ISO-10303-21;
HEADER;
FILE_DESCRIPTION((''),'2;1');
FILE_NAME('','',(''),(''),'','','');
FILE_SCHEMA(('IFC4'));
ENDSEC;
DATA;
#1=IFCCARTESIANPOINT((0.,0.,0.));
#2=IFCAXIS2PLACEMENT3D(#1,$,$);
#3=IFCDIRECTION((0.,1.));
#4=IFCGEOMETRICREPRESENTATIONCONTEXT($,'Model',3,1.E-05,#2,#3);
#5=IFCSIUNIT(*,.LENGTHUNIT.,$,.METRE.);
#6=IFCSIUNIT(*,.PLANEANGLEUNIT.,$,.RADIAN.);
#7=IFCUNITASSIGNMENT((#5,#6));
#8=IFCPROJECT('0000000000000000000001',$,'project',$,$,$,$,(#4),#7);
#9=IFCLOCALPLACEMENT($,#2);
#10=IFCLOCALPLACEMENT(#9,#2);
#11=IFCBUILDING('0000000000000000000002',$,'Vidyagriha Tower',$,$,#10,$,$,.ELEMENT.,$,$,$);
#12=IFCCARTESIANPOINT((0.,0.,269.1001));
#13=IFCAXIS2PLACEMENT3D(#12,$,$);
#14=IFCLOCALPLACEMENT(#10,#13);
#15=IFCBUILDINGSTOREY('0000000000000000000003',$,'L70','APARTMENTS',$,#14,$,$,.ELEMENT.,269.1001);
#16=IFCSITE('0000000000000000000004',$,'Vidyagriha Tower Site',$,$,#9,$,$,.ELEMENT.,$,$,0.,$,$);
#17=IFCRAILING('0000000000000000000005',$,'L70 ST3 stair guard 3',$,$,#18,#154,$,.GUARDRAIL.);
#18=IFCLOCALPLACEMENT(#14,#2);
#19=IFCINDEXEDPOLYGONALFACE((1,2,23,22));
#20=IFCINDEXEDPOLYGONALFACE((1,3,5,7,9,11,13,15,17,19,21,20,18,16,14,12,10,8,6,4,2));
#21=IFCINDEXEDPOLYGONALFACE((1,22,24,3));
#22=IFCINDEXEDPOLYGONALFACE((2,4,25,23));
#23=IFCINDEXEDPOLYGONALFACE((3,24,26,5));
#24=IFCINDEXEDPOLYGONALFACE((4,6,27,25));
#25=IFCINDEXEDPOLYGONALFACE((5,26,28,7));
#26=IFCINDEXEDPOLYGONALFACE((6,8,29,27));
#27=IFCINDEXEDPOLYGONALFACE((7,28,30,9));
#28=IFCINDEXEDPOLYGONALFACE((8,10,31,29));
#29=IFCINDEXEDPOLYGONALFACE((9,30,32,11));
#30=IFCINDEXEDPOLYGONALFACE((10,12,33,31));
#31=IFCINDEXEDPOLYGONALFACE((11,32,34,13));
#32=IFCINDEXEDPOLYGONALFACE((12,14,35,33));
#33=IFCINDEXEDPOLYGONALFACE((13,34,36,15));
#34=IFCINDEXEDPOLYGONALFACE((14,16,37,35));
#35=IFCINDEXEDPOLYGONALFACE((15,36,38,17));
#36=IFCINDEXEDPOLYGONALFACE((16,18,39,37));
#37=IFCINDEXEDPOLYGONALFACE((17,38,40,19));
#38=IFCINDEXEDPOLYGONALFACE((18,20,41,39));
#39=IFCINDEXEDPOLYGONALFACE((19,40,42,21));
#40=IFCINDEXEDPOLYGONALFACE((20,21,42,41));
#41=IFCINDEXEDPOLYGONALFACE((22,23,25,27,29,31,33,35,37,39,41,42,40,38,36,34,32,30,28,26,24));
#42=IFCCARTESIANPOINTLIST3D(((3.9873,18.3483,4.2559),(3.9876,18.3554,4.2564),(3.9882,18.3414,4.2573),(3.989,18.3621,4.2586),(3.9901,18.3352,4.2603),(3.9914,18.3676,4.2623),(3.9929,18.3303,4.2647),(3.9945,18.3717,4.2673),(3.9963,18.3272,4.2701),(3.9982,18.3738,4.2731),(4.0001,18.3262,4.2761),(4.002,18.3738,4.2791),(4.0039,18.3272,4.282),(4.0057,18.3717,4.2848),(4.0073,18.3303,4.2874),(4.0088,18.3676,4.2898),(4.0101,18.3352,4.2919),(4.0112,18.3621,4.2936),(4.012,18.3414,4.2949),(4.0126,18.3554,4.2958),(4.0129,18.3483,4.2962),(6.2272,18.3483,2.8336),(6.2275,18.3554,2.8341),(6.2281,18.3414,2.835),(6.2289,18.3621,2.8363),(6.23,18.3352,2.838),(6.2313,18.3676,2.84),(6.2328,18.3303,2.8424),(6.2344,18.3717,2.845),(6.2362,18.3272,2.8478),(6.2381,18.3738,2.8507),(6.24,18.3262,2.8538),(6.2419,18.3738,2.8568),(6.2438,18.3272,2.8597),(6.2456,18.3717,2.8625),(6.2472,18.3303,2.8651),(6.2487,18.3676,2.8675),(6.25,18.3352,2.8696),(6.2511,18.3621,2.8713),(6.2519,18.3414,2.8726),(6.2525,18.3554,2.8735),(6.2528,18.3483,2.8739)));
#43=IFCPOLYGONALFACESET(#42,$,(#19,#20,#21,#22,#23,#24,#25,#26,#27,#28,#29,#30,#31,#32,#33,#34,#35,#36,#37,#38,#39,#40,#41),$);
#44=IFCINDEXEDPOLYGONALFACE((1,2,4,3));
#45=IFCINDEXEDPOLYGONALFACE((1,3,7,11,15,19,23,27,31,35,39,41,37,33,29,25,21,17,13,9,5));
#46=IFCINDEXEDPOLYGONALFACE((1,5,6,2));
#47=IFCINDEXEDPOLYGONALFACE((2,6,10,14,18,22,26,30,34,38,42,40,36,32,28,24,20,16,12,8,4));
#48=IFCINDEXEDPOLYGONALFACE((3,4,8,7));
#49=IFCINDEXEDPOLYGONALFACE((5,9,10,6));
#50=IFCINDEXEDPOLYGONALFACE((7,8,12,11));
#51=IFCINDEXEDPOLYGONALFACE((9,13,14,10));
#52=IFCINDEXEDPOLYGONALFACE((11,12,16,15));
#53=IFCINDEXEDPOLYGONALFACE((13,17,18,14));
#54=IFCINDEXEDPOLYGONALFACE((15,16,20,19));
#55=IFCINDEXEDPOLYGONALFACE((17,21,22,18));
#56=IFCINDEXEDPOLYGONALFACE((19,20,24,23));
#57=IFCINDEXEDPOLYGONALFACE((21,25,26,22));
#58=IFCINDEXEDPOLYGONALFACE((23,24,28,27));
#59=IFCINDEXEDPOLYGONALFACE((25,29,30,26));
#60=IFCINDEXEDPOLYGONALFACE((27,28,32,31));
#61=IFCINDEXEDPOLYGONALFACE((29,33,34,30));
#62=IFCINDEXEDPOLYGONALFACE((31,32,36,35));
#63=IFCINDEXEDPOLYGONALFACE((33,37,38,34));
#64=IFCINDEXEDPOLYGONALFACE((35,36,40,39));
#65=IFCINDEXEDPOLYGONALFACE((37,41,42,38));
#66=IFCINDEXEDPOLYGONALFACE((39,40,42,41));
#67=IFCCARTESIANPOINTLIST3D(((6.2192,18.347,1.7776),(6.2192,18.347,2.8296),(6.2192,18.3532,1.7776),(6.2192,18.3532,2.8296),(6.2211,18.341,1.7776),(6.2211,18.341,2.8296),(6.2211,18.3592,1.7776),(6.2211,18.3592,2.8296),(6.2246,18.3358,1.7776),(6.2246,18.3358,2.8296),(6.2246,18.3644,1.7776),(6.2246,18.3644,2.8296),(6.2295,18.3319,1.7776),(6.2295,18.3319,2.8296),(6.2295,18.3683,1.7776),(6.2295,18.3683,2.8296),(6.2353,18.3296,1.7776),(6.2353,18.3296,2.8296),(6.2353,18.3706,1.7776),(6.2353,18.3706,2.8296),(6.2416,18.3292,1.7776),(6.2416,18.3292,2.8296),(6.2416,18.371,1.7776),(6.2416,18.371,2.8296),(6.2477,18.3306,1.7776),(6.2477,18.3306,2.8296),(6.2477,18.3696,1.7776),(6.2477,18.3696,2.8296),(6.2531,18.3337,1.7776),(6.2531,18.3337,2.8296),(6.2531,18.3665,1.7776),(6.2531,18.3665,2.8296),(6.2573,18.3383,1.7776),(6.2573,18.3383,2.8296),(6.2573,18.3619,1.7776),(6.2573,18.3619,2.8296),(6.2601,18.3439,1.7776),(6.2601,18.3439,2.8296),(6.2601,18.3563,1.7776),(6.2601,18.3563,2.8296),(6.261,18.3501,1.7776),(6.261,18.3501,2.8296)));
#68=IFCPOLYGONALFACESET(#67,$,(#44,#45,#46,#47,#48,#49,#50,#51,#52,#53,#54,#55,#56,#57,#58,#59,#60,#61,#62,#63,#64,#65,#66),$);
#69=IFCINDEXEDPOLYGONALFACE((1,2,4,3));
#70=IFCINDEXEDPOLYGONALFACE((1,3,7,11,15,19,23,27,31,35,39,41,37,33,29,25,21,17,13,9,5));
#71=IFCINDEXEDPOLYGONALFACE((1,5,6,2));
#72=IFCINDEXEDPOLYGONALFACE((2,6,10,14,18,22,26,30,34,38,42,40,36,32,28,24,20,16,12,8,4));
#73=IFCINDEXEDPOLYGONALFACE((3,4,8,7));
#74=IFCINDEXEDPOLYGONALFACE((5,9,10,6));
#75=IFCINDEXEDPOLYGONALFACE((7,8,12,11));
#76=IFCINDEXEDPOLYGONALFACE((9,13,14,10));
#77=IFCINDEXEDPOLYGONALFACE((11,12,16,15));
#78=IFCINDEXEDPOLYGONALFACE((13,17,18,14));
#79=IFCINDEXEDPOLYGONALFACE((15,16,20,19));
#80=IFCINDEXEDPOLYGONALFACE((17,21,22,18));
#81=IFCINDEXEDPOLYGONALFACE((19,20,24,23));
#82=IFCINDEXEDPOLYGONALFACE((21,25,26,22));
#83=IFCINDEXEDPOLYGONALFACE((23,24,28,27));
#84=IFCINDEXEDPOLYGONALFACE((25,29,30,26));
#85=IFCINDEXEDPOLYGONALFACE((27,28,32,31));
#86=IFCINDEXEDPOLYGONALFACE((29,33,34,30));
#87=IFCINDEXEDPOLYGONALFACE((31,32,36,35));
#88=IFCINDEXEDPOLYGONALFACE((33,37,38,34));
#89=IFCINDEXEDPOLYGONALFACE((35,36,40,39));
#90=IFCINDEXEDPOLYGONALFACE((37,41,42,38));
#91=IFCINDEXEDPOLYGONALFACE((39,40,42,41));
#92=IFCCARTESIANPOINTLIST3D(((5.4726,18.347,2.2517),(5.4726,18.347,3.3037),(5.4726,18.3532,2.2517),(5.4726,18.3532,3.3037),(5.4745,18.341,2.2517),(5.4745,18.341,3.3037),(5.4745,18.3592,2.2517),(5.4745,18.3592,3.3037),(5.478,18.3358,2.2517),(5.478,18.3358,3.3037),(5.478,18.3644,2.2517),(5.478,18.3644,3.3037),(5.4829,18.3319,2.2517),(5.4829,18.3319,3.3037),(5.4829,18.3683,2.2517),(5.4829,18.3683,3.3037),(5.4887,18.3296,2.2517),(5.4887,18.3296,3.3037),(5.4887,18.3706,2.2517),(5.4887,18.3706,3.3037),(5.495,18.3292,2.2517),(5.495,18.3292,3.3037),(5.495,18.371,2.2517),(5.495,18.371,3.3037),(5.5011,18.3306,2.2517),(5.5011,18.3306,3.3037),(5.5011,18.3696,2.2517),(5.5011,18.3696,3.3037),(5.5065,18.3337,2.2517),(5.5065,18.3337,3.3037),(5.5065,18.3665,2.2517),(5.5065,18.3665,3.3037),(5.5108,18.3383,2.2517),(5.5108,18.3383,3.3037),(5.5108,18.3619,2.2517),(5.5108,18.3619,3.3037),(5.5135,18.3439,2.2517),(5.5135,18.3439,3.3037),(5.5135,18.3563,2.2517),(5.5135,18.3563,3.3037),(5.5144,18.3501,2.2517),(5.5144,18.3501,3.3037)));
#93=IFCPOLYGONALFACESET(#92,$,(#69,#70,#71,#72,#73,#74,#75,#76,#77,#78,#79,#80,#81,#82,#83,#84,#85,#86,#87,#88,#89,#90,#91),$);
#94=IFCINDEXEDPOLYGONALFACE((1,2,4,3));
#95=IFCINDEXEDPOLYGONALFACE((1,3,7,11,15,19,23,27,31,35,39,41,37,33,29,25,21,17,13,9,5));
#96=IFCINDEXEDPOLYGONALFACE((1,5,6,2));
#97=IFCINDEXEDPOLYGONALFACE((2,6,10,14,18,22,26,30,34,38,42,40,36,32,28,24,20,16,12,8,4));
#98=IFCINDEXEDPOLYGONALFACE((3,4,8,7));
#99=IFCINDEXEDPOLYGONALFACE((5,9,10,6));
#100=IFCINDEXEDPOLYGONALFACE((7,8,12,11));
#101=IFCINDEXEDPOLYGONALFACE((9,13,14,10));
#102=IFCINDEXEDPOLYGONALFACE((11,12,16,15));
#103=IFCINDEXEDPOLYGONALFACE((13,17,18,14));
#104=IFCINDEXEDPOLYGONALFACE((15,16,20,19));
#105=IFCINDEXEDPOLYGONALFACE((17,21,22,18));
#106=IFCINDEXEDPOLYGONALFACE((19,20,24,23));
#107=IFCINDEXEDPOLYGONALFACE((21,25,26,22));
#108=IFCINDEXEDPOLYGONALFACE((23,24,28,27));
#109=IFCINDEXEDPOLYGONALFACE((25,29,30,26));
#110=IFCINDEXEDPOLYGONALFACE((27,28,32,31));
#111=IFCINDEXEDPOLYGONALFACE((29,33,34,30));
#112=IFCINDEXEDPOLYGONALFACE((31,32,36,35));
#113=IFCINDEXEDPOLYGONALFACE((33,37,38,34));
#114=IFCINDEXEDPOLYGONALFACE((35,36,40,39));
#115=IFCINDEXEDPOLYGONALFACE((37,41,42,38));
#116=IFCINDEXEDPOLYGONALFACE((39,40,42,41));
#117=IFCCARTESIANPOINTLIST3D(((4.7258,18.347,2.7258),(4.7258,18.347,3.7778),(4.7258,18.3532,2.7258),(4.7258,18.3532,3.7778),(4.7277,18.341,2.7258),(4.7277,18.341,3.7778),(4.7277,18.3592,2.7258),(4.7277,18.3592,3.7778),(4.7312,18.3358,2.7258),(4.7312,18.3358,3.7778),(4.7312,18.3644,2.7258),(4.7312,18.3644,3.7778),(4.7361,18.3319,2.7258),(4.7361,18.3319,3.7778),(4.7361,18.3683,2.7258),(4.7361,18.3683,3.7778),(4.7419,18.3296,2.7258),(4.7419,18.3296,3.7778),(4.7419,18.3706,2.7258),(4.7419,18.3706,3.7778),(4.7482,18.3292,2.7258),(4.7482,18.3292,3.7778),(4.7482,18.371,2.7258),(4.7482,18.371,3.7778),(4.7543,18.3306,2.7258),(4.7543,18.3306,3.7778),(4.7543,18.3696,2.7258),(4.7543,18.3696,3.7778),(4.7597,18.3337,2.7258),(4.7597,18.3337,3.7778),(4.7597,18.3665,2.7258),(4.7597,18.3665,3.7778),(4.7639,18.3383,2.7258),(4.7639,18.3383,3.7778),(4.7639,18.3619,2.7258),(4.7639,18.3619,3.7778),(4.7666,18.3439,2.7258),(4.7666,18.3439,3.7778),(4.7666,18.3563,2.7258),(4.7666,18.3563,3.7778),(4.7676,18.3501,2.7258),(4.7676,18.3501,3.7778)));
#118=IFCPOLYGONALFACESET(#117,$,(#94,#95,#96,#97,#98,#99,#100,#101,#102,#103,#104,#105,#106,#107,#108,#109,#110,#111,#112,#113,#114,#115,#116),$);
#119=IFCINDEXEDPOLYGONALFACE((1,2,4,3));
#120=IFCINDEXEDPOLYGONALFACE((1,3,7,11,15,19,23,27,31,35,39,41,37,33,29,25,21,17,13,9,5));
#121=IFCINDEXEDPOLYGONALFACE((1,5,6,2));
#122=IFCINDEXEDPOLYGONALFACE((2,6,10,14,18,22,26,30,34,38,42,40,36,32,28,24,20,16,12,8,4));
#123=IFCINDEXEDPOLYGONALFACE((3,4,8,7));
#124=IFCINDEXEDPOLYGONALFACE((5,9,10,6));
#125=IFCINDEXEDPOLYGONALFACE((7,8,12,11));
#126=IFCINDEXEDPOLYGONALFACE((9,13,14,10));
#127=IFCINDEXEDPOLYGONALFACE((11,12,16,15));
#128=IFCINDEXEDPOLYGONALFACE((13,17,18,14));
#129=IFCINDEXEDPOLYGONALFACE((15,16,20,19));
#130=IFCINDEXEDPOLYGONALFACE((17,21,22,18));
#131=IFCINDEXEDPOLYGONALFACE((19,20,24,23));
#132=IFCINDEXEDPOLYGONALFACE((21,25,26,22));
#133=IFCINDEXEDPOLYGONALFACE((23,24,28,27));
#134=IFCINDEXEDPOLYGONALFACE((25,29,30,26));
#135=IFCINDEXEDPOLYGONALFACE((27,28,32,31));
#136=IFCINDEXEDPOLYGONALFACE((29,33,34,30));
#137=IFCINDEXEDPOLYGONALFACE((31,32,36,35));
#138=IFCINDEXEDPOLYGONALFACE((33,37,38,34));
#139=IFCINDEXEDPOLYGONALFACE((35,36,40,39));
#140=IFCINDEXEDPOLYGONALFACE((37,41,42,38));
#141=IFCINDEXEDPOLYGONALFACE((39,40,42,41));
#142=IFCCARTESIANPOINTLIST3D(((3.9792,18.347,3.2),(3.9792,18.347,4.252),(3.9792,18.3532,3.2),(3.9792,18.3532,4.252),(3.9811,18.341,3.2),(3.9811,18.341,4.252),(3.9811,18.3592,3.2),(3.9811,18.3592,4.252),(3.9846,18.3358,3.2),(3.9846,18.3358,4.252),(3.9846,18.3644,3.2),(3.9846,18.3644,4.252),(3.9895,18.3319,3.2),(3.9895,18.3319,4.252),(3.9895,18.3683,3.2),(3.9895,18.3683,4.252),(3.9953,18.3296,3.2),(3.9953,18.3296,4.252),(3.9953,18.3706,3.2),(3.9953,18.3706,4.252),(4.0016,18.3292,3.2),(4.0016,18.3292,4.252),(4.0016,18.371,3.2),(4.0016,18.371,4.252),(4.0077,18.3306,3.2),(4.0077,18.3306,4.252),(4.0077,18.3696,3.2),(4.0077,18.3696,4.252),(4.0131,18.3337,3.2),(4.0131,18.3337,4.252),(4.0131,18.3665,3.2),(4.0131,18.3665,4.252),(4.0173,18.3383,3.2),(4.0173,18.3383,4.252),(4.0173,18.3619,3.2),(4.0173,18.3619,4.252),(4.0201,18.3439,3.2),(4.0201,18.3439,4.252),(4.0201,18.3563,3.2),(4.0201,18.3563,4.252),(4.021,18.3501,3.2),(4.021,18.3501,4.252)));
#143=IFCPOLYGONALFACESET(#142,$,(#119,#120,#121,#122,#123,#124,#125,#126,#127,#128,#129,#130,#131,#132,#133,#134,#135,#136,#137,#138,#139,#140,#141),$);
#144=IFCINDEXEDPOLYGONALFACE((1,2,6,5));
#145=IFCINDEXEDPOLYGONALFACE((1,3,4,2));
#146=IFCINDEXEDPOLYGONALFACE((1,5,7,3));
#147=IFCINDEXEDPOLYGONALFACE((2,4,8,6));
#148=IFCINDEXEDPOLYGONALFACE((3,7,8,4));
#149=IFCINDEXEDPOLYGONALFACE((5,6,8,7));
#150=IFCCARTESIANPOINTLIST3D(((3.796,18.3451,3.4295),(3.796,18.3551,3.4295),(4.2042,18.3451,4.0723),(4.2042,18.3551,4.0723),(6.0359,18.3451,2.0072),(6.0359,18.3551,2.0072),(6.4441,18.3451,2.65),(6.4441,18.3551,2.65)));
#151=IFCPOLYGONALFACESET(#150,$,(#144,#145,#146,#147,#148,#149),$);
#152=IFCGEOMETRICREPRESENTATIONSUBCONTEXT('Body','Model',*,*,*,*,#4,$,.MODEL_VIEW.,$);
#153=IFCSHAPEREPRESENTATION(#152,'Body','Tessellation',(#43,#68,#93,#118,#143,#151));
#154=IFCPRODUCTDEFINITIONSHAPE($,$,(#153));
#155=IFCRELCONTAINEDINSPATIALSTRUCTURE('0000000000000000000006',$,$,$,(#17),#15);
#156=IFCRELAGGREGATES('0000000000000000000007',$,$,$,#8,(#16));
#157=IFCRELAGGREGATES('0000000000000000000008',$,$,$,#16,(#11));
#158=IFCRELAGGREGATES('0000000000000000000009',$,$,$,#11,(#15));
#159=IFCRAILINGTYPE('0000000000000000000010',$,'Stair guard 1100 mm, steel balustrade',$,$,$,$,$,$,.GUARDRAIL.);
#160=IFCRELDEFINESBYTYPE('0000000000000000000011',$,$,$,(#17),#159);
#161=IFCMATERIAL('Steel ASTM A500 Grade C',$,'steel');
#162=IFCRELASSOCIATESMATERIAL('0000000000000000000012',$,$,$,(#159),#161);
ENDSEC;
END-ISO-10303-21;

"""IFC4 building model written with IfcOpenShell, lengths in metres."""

from ifc_helpers import new_model, si_unit, direction, frame, origin, origin_2d, place, context, subcontext, project, spatial, rectangle, circle, extrude, material, type_object, element, save


model = new_model("IFC4")

# Units and contexts
model_context = context("Model", 3, precision=1e-05, world=origin(), true_north=direction((0.0, 1.0)))
body_context = subcontext(model_context, "Body", "Model", "MODEL_VIEW")
ifc_project = project(units=[si_unit("LENGTHUNIT", "METRE"), si_unit("PLANEANGLEUNIT", "RADIAN")], contexts=[model_context])

# Site, building, storey
site_placement = place(None, origin())
site = spatial("IfcSite", under=ifc_project, at=site_placement, Name="Vidyagriha Tower Site", CompositionType="ELEMENT", RefElevation=0.0)
building_placement = place(site_placement, origin())
building = spatial("IfcBuilding", under=site, at=building_placement, Name="Vidyagriha Tower", CompositionType="ELEMENT")
storey_placement = place(building_placement, frame((0.0, 0.0, 269.1001)))
storey = spatial("IfcBuildingStorey", under=building, at=storey_placement, Name="L70", Description="APARTMENTS", CompositionType="ELEMENT", Elevation=269.1001)

# Railing
ifc_material_1 = material(Name="Steel ASTM A500 Grade C", Category="steel")
railing_type_1 = type_object("IfcRailingType", Name="Stair guard 1100 mm, steel balustrade", PredefinedType="GUARDRAIL", material=ifc_material_1)
railing_1_placement = place(storey_placement, frame((6.24, 18.3501, 1.7776)))
element("IfcRailing", 1, at=railing_1_placement, inside=storey, type_object=railing_type_1, Name="L70 ST3 stair guard 3", PredefinedType="GUARDRAIL", context=body_context, shape_type="SweptSolid", body=[
    extrude(circle(Radius=0.0239, at=origin_2d()), frame((0.0, 0.0, 1.0762), z_axis=(-0.844188, 0.0, 0.536048), x_axis=(0.0, -1.0, 0.0)), (0.0, 0.0, 1.0), 2.6533),
    extrude(circle(Radius=0.021, at=origin_2d()), origin(), (0.0, 0.0, 1.0), 1.052),
    extrude(circle(Radius=0.021, at=origin_2d()), frame((-0.7466, 0.0, 0.4741)), (0.0, 0.0, 1.0), 1.052),
    extrude(circle(Radius=0.021, at=origin_2d()), frame((-1.4934, 0.0, 0.9482)), (0.0, 0.0, 1.0), 1.052),
    extrude(circle(Radius=0.021, at=origin_2d()), frame((-2.24, 0.0, 1.4224)), (0.0, 0.0, 1.0), 1.052),
    extrude(rectangle(XDim=0.01, YDim=0.7615, at=origin_2d()), frame((0.0, 0.0, 0.551), z_axis=(-0.844188, 0.0, 0.536048), x_axis=(0.0, -1.0, 0.0)), (0.0, 0.0, 1.0), 2.6533),
])

save(model, "model.ifc")
